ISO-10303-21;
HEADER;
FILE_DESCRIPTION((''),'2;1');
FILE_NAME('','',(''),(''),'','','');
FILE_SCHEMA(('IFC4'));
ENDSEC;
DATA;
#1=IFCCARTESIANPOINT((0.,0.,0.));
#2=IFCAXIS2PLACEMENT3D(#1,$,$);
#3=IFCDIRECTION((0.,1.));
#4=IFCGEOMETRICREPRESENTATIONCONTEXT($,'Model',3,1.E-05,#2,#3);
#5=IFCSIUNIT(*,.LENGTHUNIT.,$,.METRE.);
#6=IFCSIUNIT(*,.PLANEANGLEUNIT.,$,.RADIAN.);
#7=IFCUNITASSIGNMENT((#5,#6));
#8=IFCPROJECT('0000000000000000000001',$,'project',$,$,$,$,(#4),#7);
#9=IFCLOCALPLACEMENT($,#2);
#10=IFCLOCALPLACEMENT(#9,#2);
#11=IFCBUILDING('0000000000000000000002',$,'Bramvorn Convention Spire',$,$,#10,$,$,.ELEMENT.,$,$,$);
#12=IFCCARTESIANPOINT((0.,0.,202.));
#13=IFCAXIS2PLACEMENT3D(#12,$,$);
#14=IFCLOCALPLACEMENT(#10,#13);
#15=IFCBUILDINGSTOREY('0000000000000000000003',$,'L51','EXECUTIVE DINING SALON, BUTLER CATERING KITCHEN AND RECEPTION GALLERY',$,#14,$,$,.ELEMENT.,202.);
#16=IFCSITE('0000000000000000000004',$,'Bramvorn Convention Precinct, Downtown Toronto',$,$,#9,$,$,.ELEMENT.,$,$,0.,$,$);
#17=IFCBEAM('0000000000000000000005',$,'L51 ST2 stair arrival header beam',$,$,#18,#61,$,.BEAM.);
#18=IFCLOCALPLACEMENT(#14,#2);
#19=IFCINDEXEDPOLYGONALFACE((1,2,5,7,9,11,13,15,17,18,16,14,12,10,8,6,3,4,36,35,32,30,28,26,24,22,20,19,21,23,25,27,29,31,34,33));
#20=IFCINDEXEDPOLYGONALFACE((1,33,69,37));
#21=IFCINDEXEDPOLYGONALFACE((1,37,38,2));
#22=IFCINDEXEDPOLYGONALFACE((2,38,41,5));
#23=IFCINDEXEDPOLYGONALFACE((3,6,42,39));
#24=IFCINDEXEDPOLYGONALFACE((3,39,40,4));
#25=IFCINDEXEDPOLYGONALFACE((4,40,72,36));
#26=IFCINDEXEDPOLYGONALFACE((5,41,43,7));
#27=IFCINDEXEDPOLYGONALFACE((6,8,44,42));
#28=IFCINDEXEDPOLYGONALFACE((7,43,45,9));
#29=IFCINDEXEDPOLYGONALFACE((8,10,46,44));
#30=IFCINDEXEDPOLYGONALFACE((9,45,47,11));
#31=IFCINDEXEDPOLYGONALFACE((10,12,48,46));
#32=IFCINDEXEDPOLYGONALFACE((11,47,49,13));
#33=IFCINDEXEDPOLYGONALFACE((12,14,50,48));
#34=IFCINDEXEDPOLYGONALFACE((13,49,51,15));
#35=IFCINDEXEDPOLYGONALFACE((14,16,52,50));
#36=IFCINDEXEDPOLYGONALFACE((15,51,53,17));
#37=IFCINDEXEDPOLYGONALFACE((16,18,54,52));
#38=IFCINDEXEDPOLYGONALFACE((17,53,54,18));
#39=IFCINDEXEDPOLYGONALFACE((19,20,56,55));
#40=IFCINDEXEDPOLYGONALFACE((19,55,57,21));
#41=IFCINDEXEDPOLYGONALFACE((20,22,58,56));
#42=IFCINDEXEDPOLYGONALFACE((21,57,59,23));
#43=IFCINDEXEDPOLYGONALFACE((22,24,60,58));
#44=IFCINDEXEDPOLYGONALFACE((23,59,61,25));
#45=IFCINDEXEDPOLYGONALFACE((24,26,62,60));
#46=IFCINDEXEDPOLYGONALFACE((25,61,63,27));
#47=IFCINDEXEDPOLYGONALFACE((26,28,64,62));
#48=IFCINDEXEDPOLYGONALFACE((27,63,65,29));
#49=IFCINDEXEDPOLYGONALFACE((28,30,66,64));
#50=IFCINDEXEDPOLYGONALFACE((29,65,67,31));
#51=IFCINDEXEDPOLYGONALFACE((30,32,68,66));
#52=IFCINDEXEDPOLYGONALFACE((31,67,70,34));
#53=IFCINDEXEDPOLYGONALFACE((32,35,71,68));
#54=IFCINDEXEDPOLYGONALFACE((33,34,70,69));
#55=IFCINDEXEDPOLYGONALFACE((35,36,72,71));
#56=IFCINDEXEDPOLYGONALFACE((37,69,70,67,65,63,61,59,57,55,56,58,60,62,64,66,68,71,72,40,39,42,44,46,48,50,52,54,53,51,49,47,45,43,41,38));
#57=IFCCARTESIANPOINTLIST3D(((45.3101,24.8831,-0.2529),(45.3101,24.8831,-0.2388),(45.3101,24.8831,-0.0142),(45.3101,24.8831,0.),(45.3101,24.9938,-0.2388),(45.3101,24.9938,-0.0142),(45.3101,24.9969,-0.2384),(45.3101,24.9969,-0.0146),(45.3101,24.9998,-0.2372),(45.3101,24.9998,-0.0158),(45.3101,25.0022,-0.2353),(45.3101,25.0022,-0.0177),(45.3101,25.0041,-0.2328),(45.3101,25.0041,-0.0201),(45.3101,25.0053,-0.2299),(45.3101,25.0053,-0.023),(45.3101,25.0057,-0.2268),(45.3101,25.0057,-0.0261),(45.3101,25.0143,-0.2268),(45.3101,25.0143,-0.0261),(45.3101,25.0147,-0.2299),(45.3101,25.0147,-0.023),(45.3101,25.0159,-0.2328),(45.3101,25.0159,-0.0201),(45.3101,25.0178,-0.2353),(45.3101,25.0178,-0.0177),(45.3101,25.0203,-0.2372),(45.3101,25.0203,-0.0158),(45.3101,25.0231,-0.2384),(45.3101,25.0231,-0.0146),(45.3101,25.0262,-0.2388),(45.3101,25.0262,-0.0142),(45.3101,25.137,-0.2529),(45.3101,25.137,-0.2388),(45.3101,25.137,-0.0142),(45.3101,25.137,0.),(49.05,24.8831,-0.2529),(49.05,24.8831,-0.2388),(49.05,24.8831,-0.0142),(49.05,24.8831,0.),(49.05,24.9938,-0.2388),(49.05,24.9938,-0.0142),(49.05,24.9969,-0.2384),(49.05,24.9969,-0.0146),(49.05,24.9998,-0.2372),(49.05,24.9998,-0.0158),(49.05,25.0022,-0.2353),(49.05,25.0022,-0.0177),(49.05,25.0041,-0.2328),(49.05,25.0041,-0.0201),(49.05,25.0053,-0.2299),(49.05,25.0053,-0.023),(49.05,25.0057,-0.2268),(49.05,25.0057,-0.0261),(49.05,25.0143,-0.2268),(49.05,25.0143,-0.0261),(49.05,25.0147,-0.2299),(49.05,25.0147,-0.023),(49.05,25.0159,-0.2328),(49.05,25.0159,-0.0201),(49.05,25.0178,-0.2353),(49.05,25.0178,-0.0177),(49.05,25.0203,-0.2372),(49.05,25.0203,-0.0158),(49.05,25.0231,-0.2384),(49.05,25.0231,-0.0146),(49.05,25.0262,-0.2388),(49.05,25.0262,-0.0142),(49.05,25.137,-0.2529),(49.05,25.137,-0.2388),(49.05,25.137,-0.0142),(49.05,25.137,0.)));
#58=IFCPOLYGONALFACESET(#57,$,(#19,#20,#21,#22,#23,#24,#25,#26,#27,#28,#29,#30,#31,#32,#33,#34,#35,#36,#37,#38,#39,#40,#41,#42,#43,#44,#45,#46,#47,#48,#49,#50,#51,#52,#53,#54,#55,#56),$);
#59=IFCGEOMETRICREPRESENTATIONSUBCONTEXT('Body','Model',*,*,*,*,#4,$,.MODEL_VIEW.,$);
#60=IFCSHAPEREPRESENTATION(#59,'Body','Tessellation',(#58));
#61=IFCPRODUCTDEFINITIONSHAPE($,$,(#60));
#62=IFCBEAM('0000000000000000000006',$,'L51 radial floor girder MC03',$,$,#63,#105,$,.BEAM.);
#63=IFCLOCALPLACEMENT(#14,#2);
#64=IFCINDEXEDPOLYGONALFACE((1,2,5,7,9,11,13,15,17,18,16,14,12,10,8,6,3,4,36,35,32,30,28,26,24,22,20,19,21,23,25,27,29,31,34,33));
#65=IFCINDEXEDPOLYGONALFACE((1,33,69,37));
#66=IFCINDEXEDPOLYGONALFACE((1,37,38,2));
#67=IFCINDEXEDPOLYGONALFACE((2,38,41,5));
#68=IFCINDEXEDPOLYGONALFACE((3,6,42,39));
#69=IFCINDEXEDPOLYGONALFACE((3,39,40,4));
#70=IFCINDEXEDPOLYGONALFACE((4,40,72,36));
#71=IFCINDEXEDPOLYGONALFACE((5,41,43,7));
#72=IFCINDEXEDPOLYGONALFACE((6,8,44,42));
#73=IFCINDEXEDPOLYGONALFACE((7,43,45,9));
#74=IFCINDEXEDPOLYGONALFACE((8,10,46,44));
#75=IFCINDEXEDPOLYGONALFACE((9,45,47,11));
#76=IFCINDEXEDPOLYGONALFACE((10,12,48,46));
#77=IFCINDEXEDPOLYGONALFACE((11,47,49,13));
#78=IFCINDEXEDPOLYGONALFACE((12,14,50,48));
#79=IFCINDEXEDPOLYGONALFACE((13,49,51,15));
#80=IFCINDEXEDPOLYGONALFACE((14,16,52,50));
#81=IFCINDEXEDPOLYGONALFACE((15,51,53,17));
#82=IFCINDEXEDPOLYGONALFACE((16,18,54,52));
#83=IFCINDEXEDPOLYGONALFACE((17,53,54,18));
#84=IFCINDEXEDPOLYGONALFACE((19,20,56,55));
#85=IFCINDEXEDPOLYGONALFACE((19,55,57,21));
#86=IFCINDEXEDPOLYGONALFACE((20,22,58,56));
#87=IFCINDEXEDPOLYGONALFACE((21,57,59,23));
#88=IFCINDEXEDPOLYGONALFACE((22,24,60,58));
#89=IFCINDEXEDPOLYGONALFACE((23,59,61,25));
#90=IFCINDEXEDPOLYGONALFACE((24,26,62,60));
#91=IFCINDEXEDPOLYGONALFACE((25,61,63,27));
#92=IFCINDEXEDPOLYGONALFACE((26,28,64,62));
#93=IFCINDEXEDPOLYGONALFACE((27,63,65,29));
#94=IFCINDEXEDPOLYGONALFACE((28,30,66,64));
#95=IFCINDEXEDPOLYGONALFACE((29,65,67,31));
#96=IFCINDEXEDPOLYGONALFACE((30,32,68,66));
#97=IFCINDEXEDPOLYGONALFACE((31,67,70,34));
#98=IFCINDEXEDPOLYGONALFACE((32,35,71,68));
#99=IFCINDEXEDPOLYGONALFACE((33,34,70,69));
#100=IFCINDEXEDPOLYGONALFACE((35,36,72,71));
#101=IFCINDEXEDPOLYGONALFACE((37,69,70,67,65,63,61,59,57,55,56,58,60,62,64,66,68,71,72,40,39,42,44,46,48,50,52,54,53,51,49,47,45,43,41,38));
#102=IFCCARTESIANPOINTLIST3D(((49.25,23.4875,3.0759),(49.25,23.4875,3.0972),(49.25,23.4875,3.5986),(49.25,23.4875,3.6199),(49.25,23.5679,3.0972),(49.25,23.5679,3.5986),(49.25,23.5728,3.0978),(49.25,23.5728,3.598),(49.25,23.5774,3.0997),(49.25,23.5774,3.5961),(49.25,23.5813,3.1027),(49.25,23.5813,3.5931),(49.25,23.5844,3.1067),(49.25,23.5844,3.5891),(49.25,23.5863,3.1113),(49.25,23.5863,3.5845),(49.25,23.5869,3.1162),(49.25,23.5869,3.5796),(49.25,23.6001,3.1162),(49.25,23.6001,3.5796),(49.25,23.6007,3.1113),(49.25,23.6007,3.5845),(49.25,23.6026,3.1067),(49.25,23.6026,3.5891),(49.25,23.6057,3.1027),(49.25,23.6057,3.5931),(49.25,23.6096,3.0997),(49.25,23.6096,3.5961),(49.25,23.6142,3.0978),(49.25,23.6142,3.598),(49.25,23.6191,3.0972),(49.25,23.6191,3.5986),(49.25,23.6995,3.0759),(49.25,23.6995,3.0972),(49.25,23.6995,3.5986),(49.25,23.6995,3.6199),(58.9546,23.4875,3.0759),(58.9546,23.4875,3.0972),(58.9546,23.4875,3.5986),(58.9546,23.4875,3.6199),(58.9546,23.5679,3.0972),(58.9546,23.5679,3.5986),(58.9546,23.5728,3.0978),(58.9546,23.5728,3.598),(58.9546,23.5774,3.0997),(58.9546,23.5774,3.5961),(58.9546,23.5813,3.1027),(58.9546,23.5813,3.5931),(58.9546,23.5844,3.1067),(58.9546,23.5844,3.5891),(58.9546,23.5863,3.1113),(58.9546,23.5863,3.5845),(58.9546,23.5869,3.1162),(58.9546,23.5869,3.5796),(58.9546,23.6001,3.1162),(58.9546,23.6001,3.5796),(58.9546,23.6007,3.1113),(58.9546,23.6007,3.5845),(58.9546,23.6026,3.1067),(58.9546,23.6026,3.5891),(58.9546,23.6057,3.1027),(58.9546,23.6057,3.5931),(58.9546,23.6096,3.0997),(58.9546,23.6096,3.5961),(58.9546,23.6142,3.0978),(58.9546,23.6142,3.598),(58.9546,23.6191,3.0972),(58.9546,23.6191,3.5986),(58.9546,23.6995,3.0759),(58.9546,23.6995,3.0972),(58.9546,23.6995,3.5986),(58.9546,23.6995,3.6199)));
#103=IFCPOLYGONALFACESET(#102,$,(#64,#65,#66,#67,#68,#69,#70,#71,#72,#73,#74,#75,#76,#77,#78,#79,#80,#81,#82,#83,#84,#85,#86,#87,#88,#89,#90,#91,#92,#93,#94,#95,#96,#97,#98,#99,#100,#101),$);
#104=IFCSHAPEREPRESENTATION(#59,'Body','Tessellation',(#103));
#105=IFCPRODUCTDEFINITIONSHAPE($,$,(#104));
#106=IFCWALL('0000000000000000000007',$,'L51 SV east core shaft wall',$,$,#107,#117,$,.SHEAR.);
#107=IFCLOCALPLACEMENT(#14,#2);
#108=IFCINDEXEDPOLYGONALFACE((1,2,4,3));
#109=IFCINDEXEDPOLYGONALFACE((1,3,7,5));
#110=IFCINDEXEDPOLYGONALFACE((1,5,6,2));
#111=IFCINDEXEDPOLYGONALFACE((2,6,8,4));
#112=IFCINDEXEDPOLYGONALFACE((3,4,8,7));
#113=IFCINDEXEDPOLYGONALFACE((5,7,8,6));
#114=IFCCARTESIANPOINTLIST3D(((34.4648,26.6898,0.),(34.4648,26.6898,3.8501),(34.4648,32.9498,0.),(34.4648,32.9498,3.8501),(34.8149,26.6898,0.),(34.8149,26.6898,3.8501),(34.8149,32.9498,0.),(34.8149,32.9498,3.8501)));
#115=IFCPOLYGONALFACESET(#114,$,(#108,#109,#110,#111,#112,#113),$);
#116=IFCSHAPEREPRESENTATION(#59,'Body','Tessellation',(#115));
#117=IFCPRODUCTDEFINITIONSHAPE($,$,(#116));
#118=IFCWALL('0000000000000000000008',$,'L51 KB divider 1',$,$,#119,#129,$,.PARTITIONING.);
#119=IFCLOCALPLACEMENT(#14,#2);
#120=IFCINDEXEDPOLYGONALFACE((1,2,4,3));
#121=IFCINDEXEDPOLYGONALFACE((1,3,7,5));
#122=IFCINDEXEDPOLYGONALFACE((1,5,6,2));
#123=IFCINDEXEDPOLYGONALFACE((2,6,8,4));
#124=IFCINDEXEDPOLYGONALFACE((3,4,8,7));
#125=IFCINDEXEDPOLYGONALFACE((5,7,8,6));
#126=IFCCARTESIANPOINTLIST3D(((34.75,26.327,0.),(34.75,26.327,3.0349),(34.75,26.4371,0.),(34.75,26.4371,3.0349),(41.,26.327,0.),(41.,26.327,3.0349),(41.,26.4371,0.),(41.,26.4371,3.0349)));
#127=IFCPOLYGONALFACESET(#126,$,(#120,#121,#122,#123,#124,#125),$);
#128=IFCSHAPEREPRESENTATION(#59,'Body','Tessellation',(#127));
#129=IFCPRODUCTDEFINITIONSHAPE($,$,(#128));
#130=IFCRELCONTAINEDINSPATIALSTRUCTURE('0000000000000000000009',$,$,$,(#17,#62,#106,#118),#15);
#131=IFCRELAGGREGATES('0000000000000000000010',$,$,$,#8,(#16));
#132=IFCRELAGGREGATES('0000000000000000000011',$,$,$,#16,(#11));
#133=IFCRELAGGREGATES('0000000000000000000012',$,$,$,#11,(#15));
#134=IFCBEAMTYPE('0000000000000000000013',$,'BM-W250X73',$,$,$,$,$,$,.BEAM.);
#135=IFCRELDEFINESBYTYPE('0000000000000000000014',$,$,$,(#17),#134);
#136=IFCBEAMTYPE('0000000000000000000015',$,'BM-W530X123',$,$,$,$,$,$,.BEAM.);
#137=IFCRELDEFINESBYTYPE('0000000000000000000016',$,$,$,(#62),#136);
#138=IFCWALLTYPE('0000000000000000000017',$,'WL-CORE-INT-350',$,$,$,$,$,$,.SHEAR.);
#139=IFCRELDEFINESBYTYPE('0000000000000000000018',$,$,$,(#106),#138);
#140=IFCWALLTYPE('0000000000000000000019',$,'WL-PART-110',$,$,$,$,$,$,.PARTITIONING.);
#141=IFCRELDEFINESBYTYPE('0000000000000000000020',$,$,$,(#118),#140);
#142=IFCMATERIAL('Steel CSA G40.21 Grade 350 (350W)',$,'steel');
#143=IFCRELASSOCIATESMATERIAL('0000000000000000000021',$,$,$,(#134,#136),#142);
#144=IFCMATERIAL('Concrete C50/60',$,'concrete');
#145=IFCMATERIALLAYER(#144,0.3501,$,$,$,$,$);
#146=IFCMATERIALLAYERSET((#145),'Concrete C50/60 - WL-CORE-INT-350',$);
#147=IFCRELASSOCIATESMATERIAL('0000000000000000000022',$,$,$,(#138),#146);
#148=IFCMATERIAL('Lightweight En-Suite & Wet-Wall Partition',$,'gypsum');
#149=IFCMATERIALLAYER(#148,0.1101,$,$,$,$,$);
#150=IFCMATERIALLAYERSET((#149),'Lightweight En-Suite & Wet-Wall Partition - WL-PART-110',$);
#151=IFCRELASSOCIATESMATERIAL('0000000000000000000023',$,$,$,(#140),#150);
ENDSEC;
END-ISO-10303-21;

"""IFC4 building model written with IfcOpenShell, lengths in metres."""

from ifc_helpers import new_model, si_unit, direction, frame, frame_2d, origin, origin_2d, place, context, subcontext, project, spatial, rectangle, i_section, extrude, material, layer, layer_set, material_profile, profile_set, type_object, element, save


model = new_model("IFC4")

# Units and contexts
model_context = context("Model", 3, precision=1e-05, world=origin(), true_north=direction((0.0, 1.0)))
body_context = subcontext(model_context, "Body", "Model", "MODEL_VIEW")
ifc_project = project(units=[si_unit("LENGTHUNIT", "METRE"), si_unit("PLANEANGLEUNIT", "RADIAN")], contexts=[model_context])

# Site, building, storey
site_placement = place(None, origin())
site = spatial("IfcSite", under=ifc_project, at=site_placement, Name="Bramvorn Convention Precinct, Downtown Toronto", CompositionType="ELEMENT", RefElevation=0.0)
building_placement = place(site_placement, origin())
building = spatial("IfcBuilding", under=site, at=building_placement, Name="Bramvorn Convention Spire", CompositionType="ELEMENT")
storey_placement = place(building_placement, frame((0.0, 0.0, 202.0)))
storey = spatial("IfcBuildingStorey", under=building, at=storey_placement, Name="L51", Description="EXECUTIVE DINING SALON, BUTLER CATERING KITCHEN AND RECEPTION GALLERY", CompositionType="ELEMENT", Elevation=202.0)

# Beams
ifc_material_1 = material(Name="Steel CSA G40.21 Grade 350 (350W)", Category="steel")
ifc_material_profile_1 = material_profile(ifc_material_1, i_section(OverallWidth=0.2539, OverallDepth=0.2529, WebThickness=0.0085, FlangeThickness=0.0142, FilletRadius=0.012, at=origin_2d()))
ifc_profile_set_1 = profile_set([ifc_material_profile_1], Name="Steel CSA G40.21 Grade 350 (350W) - W250X73")
beam_type_1 = type_object("IfcBeamType", Name="BM-W250X73", PredefinedType="BEAM", material=ifc_profile_set_1)
beam_1_placement = place(storey_placement, frame((45.3101, 25.01, -0.1265), z_axis=(1.0, 0.0, 0.0), x_axis=(0.0, 1.0, 0.0)))
element("IfcBeam", 1, at=beam_1_placement, inside=storey, type_object=beam_type_1, Name="L51 ST2 stair arrival header beam", PredefinedType="BEAM", context=body_context, shape_type="SweptSolid", body=[
    extrude(i_section(OverallWidth=0.2539, OverallDepth=0.2529, WebThickness=0.0085, FlangeThickness=0.0142, FilletRadius=0.012, at=origin_2d()), origin(), (0.0, 0.0, 1.0), 3.74),
])
ifc_material_profile_2 = material_profile(ifc_material_1, i_section(OverallWidth=0.2119, OverallDepth=0.5439, WebThickness=0.0132, FlangeThickness=0.0212, FilletRadius=0.019, at=origin_2d()))
ifc_profile_set_2 = profile_set([ifc_material_profile_2], Name="Steel CSA G40.21 Grade 350 (350W) - W530X123")
beam_type_2 = type_object("IfcBeamType", Name="BM-W530X123", PredefinedType="BEAM", material=ifc_profile_set_2)
beam_2_placement = place(storey_placement, frame((49.25, 23.5935, 3.3479), z_axis=(1.0, 0.0, 0.0), x_axis=(0.0, 1.0, 0.0)))
element("IfcBeam", 2, at=beam_2_placement, inside=storey, type_object=beam_type_2, Name="L51 radial floor girder MC03", PredefinedType="BEAM", context=body_context, shape_type="SweptSolid", body=[
    extrude(i_section(OverallWidth=0.2119, OverallDepth=0.5439, WebThickness=0.0132, FlangeThickness=0.0212, FilletRadius=0.019, at=origin_2d()), origin(), (0.0, 0.0, 1.0), 9.7046),
])

# Walls
ifc_material_2 = material(Name="Concrete C50/60", Category="concrete")
ifc_layer_1 = layer(ifc_material_2, 0.3501)
ifc_layer_set_1 = layer_set([ifc_layer_1], Name="Concrete C50/60 - WL-CORE-INT-350")
wall_type_1 = type_object("IfcWallType", Name="WL-CORE-INT-350", PredefinedType="SHEAR", material=ifc_layer_set_1)
wall_1_placement = place(storey_placement, frame((34.6399, 26.6899, 0.0), z_axis=(0.0, 0.0, 1.0), x_axis=(0.0, 1.0, 0.0)))
element("IfcWall", 3, at=wall_1_placement, inside=storey, type_object=wall_type_1, Name="L51 SV east core shaft wall", PredefinedType="SHEAR", context=body_context, shape_type="SweptSolid", body=[
    extrude(rectangle(XDim=6.26, YDim=0.3501, at=frame_2d((3.1299, 0.0))), origin(), (0.0, 0.0, 1.0), 3.8501),
])
ifc_material_3 = material(Name="Lightweight En-Suite & Wet-Wall Partition", Category="gypsum")
ifc_layer_2 = layer(ifc_material_3, 0.1101)
ifc_layer_set_2 = layer_set([ifc_layer_2], Name="Lightweight En-Suite & Wet-Wall Partition - WL-PART-110")
wall_type_2 = type_object("IfcWallType", Name="WL-PART-110", PredefinedType="PARTITIONING", material=ifc_layer_set_2)
wall_2_placement = place(storey_placement, frame((34.75, 26.3821, 0.0), z_axis=(0.0, 0.0, 1.0), x_axis=(1.0, 0.0, 0.0)))
element("IfcWall", 4, at=wall_2_placement, inside=storey, type_object=wall_type_2, Name="L51 KB divider 1", PredefinedType="PARTITIONING", context=body_context, shape_type="SweptSolid", body=[
    extrude(rectangle(XDim=6.25, YDim=0.1101, at=frame_2d((3.125, 0.0))), origin(), (0.0, 0.0, 1.0), 3.0349),
])

save(model, "model.ifc")
